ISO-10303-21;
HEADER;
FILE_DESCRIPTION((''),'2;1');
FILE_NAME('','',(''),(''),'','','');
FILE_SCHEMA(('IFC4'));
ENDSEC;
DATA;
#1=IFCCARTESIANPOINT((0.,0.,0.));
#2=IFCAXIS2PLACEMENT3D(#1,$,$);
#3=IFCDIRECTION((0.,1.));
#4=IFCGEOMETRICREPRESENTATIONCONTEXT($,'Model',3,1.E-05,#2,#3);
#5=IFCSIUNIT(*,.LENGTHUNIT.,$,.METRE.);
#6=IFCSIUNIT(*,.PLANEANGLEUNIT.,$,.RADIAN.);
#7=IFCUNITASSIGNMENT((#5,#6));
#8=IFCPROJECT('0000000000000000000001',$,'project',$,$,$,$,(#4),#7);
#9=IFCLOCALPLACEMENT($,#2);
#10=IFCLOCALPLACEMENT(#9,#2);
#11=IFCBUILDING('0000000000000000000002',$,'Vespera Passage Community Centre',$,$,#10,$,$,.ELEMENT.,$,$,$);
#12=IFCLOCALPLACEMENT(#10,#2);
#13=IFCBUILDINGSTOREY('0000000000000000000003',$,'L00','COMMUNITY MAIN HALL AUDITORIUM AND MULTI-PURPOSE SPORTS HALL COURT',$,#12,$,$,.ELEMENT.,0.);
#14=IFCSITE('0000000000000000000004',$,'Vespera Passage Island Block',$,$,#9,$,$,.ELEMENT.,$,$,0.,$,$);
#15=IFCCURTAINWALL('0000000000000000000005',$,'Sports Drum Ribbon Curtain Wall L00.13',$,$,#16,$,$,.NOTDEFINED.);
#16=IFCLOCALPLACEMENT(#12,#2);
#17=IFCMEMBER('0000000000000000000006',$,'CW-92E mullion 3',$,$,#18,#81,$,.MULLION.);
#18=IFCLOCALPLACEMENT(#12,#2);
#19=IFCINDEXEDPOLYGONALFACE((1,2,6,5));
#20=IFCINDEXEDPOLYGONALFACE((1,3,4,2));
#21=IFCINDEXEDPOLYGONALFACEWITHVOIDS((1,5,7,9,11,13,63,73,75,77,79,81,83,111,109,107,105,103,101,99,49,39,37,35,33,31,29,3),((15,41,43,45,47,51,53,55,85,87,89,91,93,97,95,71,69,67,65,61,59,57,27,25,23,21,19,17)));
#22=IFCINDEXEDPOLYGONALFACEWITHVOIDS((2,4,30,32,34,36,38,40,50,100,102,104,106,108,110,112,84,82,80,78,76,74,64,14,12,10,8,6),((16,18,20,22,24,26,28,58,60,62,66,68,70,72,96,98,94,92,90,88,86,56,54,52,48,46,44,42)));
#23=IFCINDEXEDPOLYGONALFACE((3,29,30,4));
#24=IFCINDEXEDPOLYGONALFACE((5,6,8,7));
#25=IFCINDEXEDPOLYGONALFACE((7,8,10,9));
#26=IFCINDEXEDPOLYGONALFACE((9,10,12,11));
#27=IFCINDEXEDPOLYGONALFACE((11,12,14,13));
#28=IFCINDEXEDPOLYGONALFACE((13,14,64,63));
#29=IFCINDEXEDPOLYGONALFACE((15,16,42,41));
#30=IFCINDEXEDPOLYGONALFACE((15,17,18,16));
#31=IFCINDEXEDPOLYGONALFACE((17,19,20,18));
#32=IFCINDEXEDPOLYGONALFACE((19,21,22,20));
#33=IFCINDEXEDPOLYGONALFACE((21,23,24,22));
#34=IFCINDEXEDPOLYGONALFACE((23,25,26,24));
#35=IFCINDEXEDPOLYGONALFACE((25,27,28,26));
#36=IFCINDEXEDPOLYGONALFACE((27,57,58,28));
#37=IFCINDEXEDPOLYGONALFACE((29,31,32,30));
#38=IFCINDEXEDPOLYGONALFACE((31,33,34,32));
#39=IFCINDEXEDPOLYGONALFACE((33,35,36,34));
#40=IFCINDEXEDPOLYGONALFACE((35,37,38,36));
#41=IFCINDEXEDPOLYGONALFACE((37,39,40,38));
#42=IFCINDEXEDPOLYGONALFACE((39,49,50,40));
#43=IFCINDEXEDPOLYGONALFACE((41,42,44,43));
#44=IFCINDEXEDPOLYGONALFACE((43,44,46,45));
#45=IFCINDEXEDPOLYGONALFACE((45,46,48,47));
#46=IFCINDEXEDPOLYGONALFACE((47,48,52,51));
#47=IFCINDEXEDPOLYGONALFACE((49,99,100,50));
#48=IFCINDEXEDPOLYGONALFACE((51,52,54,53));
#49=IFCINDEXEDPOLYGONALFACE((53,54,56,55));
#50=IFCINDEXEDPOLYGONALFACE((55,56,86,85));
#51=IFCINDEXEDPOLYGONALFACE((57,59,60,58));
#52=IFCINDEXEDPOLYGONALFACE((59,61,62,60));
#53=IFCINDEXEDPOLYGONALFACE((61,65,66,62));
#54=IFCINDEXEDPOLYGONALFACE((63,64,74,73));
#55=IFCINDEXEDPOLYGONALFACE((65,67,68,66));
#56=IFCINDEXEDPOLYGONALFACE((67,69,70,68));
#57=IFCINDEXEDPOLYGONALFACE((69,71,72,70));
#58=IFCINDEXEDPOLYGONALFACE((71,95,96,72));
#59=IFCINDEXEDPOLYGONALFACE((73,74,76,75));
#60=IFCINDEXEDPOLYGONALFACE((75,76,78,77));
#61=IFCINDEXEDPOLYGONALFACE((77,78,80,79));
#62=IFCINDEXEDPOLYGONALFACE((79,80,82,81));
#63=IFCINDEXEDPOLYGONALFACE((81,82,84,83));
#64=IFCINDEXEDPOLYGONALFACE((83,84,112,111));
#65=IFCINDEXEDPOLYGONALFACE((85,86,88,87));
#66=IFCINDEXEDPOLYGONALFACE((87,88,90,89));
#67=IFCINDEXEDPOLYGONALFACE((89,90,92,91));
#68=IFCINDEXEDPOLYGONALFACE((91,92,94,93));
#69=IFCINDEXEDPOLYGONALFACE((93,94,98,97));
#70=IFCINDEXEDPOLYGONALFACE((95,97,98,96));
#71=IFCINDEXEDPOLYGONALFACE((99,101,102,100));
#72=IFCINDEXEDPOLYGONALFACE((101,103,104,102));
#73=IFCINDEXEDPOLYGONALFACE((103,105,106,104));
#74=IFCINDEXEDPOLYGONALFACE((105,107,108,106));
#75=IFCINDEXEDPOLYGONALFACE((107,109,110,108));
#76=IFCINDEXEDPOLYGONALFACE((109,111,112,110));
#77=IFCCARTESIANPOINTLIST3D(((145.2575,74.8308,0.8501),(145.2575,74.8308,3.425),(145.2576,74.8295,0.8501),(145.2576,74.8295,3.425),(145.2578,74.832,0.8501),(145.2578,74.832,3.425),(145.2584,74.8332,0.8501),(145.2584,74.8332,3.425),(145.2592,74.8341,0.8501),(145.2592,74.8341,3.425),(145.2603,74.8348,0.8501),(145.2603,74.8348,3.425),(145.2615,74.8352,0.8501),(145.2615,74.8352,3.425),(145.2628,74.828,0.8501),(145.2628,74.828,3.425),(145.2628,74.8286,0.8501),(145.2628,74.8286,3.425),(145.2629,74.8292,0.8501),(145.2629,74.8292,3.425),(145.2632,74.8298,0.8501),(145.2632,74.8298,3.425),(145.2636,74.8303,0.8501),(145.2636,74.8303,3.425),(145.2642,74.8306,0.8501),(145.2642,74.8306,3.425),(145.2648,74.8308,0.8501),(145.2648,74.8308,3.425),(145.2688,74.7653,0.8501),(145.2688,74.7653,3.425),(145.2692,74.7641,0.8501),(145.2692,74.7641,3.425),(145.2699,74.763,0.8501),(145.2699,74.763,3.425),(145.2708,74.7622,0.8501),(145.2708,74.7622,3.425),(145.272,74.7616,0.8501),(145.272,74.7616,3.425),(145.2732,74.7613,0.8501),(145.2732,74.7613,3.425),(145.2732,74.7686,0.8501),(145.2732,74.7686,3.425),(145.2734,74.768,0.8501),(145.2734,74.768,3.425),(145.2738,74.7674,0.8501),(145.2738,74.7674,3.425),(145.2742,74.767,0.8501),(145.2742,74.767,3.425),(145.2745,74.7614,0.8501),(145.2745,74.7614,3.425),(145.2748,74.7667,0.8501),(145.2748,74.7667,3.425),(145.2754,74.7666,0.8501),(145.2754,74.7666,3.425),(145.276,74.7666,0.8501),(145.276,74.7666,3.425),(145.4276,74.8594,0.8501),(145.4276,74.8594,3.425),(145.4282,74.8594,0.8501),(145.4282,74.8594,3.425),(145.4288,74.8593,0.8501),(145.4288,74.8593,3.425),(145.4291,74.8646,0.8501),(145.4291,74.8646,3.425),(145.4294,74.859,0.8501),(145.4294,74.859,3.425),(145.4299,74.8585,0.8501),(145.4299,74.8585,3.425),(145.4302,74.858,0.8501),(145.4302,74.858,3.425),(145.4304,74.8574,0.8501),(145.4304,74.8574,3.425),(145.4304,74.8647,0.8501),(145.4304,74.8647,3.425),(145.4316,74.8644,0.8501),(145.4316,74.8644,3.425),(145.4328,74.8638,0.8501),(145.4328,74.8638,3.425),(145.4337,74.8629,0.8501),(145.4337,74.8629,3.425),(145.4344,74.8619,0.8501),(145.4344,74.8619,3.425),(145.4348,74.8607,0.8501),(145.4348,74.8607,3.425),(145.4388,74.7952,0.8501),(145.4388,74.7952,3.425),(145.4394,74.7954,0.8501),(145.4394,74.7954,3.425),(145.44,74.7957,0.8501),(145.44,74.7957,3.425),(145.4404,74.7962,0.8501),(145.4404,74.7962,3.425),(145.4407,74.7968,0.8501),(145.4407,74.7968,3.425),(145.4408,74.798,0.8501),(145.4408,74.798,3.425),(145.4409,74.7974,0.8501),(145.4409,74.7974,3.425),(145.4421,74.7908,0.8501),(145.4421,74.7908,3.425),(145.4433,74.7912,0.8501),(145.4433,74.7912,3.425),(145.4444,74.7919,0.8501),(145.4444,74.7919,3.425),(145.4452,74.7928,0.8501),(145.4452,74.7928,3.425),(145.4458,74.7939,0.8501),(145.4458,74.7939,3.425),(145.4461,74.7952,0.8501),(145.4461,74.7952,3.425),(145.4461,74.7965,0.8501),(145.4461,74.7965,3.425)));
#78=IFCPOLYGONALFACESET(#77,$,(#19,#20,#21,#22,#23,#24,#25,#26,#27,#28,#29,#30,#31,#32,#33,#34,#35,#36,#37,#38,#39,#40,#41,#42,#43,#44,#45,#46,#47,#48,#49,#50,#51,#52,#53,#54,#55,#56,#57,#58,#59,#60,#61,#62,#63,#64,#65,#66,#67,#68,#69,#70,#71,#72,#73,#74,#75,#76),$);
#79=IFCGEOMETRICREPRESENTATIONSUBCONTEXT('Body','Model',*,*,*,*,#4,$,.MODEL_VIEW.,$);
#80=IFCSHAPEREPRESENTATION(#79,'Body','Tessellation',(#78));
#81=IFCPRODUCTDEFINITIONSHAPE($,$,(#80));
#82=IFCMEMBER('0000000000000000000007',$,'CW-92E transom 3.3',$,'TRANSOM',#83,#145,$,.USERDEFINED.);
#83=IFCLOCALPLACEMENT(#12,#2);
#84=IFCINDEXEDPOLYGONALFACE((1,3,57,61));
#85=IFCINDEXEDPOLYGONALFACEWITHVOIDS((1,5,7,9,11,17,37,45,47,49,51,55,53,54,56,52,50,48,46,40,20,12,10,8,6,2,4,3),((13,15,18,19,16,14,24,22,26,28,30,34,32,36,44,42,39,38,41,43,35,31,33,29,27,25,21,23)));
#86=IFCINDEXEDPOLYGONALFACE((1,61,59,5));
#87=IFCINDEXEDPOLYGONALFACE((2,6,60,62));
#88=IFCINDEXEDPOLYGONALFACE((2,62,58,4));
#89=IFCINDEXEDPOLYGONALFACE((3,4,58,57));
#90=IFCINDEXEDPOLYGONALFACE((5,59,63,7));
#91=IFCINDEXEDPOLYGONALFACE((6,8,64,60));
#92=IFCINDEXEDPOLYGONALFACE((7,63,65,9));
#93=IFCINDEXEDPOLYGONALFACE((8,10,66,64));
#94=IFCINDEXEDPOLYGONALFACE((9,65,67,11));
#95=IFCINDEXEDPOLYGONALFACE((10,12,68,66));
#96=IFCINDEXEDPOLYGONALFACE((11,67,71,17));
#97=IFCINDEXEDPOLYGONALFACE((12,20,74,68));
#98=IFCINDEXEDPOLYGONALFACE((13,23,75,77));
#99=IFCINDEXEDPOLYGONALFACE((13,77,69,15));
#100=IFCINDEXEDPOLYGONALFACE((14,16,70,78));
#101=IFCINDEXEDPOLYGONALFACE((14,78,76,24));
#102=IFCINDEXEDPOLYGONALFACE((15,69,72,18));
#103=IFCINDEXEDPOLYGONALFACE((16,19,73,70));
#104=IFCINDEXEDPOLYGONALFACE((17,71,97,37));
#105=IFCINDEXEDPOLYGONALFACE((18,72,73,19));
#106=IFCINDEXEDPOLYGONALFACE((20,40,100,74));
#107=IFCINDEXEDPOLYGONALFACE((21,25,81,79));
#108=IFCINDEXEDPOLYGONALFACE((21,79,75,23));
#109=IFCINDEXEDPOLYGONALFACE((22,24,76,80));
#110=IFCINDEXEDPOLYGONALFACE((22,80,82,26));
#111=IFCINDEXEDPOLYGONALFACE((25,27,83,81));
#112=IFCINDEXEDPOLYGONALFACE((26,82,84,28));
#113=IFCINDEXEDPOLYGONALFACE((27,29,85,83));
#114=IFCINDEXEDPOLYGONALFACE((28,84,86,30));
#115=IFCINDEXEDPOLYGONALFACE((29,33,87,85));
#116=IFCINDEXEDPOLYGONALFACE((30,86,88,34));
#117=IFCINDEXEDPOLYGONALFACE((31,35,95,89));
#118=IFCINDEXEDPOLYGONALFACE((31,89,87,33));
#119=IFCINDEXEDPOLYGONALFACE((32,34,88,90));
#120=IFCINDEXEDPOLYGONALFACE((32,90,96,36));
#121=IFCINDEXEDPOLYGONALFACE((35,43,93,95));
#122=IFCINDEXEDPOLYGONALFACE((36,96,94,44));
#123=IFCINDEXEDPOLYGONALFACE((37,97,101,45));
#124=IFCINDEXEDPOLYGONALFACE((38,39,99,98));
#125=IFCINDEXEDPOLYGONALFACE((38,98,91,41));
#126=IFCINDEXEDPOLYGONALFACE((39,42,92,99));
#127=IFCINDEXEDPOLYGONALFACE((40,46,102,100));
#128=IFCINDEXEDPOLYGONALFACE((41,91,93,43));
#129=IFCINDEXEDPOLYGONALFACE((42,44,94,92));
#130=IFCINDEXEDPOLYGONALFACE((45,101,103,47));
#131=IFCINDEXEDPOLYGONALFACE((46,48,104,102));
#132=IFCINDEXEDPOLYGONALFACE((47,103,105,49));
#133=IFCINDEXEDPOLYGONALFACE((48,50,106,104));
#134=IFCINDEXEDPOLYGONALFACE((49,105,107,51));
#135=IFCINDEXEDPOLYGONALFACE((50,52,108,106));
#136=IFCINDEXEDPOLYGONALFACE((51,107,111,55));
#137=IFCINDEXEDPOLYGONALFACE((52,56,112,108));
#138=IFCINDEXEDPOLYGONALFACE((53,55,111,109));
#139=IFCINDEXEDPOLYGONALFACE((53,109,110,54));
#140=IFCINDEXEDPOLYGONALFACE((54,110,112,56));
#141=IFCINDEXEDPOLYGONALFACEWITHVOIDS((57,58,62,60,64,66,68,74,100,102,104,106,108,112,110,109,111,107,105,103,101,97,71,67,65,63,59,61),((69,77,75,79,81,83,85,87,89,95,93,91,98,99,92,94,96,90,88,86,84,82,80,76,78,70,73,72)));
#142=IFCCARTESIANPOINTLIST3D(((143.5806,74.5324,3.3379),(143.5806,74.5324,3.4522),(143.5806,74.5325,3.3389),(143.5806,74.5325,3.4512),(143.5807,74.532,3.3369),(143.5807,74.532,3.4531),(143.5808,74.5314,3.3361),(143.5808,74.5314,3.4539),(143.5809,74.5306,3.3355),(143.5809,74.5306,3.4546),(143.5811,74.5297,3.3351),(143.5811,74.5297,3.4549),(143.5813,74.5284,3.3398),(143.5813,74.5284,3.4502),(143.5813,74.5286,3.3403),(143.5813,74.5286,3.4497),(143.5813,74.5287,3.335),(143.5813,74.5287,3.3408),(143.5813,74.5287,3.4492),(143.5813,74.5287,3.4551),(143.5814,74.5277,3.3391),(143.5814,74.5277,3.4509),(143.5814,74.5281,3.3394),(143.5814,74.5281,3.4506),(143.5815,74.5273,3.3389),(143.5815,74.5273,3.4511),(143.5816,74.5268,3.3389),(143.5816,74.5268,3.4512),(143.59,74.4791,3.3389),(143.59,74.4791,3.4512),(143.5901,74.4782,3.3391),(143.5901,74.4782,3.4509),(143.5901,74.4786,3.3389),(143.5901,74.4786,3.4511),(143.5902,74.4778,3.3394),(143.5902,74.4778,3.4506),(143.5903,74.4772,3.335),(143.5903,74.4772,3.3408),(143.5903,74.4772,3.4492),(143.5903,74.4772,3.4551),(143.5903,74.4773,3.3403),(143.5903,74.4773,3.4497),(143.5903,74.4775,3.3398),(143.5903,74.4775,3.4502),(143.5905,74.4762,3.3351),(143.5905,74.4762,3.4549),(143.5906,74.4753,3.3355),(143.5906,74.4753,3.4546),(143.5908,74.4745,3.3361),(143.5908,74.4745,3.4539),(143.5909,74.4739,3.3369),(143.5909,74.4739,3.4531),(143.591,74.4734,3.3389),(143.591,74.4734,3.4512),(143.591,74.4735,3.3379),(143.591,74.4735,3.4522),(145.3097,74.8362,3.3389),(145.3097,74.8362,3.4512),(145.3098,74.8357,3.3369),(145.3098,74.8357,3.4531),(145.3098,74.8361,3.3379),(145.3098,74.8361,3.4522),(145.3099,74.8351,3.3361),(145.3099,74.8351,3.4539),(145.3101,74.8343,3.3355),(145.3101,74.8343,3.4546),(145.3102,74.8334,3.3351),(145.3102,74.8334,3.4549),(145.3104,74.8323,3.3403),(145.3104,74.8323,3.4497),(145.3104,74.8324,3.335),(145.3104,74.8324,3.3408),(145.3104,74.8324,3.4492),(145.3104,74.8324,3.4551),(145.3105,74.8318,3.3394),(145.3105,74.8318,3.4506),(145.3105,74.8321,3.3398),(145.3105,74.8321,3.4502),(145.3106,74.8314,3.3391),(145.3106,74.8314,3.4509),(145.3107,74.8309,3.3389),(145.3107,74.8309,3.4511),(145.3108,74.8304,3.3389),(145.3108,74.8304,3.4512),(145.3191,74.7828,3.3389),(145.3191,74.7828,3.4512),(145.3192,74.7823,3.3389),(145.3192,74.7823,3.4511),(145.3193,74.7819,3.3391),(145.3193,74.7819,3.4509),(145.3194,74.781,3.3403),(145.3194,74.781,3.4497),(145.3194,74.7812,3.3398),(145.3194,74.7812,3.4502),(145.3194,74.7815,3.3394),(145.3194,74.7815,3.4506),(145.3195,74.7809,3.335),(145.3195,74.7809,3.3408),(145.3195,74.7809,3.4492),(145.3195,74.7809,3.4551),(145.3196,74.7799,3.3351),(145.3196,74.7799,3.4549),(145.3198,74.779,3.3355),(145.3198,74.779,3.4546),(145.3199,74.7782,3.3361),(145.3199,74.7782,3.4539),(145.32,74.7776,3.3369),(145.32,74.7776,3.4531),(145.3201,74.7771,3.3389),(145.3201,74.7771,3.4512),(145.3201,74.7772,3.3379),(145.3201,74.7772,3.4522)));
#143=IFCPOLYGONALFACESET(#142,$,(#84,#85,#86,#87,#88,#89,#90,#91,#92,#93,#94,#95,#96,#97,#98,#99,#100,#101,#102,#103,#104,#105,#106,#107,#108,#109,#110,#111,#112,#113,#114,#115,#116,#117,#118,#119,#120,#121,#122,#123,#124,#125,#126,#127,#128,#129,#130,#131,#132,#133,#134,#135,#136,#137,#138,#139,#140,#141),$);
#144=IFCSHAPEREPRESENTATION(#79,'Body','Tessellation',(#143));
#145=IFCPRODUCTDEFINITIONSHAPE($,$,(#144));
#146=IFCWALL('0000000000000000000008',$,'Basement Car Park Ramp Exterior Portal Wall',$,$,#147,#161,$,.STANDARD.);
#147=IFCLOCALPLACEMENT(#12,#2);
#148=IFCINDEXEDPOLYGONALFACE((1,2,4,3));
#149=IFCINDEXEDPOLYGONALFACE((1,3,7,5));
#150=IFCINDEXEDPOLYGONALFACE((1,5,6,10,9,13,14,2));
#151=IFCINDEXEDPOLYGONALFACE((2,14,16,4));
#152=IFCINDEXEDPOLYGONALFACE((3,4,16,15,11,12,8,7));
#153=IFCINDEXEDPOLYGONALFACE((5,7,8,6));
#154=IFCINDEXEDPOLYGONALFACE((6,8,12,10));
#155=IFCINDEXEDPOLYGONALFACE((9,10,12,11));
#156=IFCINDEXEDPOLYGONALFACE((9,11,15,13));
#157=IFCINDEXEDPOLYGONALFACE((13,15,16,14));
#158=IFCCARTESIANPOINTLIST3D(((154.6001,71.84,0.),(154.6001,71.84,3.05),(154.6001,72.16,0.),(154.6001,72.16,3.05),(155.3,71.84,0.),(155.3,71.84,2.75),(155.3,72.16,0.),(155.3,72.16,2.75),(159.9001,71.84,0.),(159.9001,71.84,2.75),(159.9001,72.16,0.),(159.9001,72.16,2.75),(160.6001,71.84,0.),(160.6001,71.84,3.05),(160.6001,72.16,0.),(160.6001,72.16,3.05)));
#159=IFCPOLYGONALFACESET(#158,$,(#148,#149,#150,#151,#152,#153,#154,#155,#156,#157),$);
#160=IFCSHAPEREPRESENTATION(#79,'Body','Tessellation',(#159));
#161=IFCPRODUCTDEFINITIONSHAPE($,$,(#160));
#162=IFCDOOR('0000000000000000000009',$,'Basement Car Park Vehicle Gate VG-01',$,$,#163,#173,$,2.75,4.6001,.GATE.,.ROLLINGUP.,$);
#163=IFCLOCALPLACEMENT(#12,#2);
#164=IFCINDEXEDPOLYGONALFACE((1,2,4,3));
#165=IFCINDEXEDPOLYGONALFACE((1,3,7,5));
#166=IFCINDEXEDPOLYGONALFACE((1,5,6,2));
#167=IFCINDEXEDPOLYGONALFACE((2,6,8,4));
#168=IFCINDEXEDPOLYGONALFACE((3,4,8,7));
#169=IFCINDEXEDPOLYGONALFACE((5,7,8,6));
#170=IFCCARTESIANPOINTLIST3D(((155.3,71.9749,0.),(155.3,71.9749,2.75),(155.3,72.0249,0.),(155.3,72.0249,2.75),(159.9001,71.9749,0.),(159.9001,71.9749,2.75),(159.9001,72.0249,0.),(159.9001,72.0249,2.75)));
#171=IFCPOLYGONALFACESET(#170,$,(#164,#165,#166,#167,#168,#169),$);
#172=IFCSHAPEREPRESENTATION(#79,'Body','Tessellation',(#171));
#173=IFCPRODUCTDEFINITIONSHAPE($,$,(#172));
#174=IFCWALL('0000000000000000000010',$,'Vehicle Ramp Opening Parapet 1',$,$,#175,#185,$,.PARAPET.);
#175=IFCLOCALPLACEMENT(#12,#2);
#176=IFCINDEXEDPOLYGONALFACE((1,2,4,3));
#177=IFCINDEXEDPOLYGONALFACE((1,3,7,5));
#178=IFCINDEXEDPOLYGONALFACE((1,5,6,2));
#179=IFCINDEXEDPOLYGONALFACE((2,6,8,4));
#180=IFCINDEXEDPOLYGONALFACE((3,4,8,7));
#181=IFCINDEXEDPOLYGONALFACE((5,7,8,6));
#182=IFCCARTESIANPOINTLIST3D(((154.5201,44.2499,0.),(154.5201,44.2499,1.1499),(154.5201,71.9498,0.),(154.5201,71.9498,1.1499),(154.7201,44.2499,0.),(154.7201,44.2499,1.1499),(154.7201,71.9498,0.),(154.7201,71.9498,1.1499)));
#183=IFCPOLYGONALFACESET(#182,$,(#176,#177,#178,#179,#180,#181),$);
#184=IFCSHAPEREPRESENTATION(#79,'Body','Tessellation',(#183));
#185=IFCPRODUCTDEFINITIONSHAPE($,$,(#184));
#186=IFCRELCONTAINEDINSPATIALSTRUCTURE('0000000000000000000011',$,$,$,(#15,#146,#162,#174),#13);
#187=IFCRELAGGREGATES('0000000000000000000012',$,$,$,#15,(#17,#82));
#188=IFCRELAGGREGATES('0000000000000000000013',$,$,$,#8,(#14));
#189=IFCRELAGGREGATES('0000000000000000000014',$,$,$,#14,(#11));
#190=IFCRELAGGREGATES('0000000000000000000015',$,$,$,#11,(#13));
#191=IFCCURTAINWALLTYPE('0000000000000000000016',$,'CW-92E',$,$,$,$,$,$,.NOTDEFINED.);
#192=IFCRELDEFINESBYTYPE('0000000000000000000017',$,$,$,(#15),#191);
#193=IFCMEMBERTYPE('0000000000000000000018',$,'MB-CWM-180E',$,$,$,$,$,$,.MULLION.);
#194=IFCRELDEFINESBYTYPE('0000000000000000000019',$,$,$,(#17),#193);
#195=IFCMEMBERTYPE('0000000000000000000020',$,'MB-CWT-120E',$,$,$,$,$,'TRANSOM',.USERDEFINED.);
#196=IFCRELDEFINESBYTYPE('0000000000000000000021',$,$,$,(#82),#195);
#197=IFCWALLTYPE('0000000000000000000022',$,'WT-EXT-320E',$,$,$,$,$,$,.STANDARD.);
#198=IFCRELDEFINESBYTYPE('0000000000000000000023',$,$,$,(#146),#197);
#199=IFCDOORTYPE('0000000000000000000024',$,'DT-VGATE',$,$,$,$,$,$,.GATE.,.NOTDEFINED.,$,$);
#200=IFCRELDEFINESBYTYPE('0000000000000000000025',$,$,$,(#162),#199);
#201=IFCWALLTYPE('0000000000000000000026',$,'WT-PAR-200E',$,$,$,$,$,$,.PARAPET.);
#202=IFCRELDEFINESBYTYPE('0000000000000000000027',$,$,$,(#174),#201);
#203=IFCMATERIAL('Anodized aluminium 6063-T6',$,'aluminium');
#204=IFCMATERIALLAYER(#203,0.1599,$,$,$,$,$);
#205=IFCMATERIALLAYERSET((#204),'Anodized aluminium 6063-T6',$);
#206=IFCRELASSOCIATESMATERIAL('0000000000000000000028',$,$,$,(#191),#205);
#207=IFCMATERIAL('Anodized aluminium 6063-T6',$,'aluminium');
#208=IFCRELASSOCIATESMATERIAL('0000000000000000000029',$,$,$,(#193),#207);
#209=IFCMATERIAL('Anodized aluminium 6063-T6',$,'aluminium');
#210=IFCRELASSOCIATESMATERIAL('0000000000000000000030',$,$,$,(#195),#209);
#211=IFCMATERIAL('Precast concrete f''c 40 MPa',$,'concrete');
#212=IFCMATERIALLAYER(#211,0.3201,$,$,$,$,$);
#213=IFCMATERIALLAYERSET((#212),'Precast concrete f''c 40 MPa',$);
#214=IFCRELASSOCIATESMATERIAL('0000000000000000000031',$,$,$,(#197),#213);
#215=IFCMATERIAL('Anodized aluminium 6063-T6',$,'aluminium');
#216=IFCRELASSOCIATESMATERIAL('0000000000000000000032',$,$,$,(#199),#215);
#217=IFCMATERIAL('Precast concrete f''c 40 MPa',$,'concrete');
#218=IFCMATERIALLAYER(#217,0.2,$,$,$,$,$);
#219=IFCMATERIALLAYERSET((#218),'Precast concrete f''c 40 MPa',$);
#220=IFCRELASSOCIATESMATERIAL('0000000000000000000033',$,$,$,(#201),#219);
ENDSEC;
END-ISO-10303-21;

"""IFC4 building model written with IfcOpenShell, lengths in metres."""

from ifc_helpers import new_model, si_unit, direction, frame, frame_2d, origin, origin_2d, place, context, subcontext, project, spatial, rectangle, hollow_rectangle, extrude, material, layer, layer_set, material_profile, profile_set, type_object, element, fill, aggregate, save


model = new_model("IFC4")

# Units and contexts
model_context = context("Model", 3, precision=1e-05, world=origin(), true_north=direction((0.0, 1.0)))
body_context = subcontext(model_context, "Body", "Model", "MODEL_VIEW")
ifc_project = project(units=[si_unit("LENGTHUNIT", "METRE"), si_unit("PLANEANGLEUNIT", "RADIAN")], contexts=[model_context])

# Site, building, storey
site_placement = place(None, origin())
site = spatial("IfcSite", under=ifc_project, at=site_placement, Name="Vespera Passage Island Block", CompositionType="ELEMENT", RefElevation=0.0)
building_placement = place(site_placement, origin())
building = spatial("IfcBuilding", under=site, at=building_placement, Name="Vespera Passage Community Centre", CompositionType="ELEMENT")
storey_placement = place(building_placement, origin())
storey = spatial("IfcBuildingStorey", under=building, at=storey_placement, Name="L00", Description="COMMUNITY MAIN HALL AUDITORIUM AND MULTI-PURPOSE SPORTS HALL COURT", CompositionType="ELEMENT", Elevation=0.0)

# Curtain wall, members
ifc_material_1 = material(Name="Anodized aluminium 6063-T6", Category="aluminium")
ifc_layer_1 = layer(ifc_material_1, 0.1599)
ifc_layer_set_1 = layer_set([ifc_layer_1], Name="Anodized aluminium 6063-T6")
curtain_wall_type = type_object("IfcCurtainWallType", Name="CW-92E", PredefinedType="NOTDEFINED", material=ifc_layer_set_1)
curtain_wall_placement = place(storey_placement, origin())
curtain_wall = element("IfcCurtainWall", 1, at=curtain_wall_placement, inside=storey, type_object=curtain_wall_type, Name="Sports Drum Ribbon Curtain Wall L00.13", PredefinedType="NOTDEFINED")
ifc_material_2 = material(Name="Anodized aluminium 6063-T6", Category="aluminium")
ifc_material_profile_1 = material_profile(ifc_material_2, hollow_rectangle(XDim=0.075, YDim=0.1799, WallThickness=0.0049, InnerFilletRadius=0.0024, OuterFilletRadius=0.0049, at=origin_2d()), Name="ALU180X75X5")
ifc_profile_set_1 = profile_set([ifc_material_profile_1], Name="Anodized aluminium 6063-T6")
member_type_1 = type_object("IfcMemberType", Name="MB-CWM-180E", PredefinedType="MULLION", material=ifc_profile_set_1)
member_1_placement = place(storey_placement, frame((145.3518, 74.813, 0.8501), z_axis=(0.0, 0.0, 1.0), x_axis=(0.172994, -0.984923, 0.0)))
member_1 = element("IfcMember", 2, at=member_1_placement, type_object=member_type_1, Name="CW-92E mullion 3", PredefinedType="MULLION", context=body_context, shape_type="SweptSolid", body=[
    extrude(hollow_rectangle(XDim=0.075, YDim=0.1799, WallThickness=0.0049, InnerFilletRadius=0.0024, OuterFilletRadius=0.0049, at=origin_2d()), origin(), (0.0, 0.0, 1.0), 2.575),
])
ifc_material_3 = material(Name="Anodized aluminium 6063-T6", Category="aluminium")
ifc_material_profile_2 = material_profile(ifc_material_3, hollow_rectangle(XDim=0.0601, YDim=0.1201, WallThickness=0.0039, InnerFilletRadius=0.002, OuterFilletRadius=0.0039, at=origin_2d()), Name="ALU120X60X4")
ifc_profile_set_2 = profile_set([ifc_material_profile_2], Name="Anodized aluminium 6063-T6")
member_type_2 = type_object("IfcMemberType", Name="MB-CWT-120E", ElementType="TRANSOM", PredefinedType="USERDEFINED", material=ifc_profile_set_2)
member_2_placement = place(storey_placement, frame((145.3149, 74.8066, 3.395), z_axis=(-0.984925, -0.172984, 0.0), x_axis=(0.172984, -0.984925, 0.0)))
member_2 = element("IfcMember", 3, at=member_2_placement, type_object=member_type_2, Name="CW-92E transom 3.3", ObjectType="TRANSOM", PredefinedType="USERDEFINED", context=body_context, shape_type="SweptSolid", body=[
    extrude(hollow_rectangle(XDim=0.0601, YDim=0.1201, WallThickness=0.0039, InnerFilletRadius=0.002, OuterFilletRadius=0.0039, at=origin_2d()), origin(), (0.0, 0.0, 1.0), 1.7556),
])
aggregate(curtain_wall, [member_1, member_2])

# Wall, opening, door
ifc_material_4 = material(Name="Precast concrete f'c 40 MPa", Category="concrete")
ifc_layer_2 = layer(ifc_material_4, 0.3201)
ifc_layer_set_2 = layer_set([ifc_layer_2], Name="Precast concrete f'c 40 MPa")
wall_type_1 = type_object("IfcWallType", Name="WT-EXT-320E", PredefinedType="STANDARD", material=ifc_layer_set_2)
wall_1_placement = place(storey_placement, frame((154.6001, 72.0, 0.0), z_axis=(0.0, 0.0, 1.0), x_axis=(1.0, 0.0, 0.0)))
wall_1 = element("IfcWall", 4, at=wall_1_placement, inside=storey, type_object=wall_type_1, Name="Basement Car Park Ramp Exterior Portal Wall", PredefinedType="STANDARD", context=body_context, shape_type="SweptSolid", body=[
    extrude(rectangle(XDim=6.0, YDim=0.3201, at=frame_2d((3.0, 0.0))), origin(), (0.0, 0.0, 1.0), 3.05),
])
opening_placement = place(wall_1_placement, frame((0.7, 0.0, 0.0)))
opening = element("IfcOpeningElement", 5, at=opening_placement, cuts=wall_1, PredefinedType="OPENING", context=body_context, shape_type="SweptSolid", body=[
    extrude(rectangle(XDim=4.6001, YDim=2.75, at=frame_2d((2.3, 1.375))), frame((0.0, 0.1702, 0.0), z_axis=(0.0, -1.0, 0.0), x_axis=(1.0, 0.0, 0.0)), (0.0, 0.0, 1.0), 0.3401),
])
ifc_material_5 = material(Name="Anodized aluminium 6063-T6", Category="aluminium")
door_type = type_object("IfcDoorType", Name="DT-VGATE", OperationType="NOTDEFINED", PredefinedType="GATE", material=ifc_material_5)
door_placement = place(opening_placement, origin())
door = element("IfcDoor", 6, at=door_placement, inside=storey, type_object=door_type, Name="Basement Car Park Vehicle Gate VG-01", OperationType="ROLLINGUP", OverallHeight=2.75, OverallWidth=4.6001, PredefinedType="GATE", context=body_context, shape_type="SweptSolid", body=[
    extrude(rectangle(XDim=4.6001, YDim=2.75, at=frame_2d((2.3, 1.375))), frame((0.0, 0.0249, 0.0), z_axis=(0.0, -1.0, 0.0), x_axis=(1.0, 0.0, 0.0)), (0.0, 0.0, 1.0), 0.05),
])
fill(opening, door)

# Wall
ifc_material_6 = material(Name="Precast concrete f'c 40 MPa", Category="concrete")
ifc_layer_3 = layer(ifc_material_6, 0.2)
ifc_layer_set_3 = layer_set([ifc_layer_3], Name="Precast concrete f'c 40 MPa")
wall_type_2 = type_object("IfcWallType", Name="WT-PAR-200E", PredefinedType="PARAPET", material=ifc_layer_set_3)
wall_2_placement = place(storey_placement, frame((154.6201, 71.95, 0.0), z_axis=(0.0, 0.0, 1.0), x_axis=(0.0, -1.0, 0.0)))
element("IfcWall", 7, at=wall_2_placement, inside=storey, type_object=wall_type_2, Name="Vehicle Ramp Opening Parapet 1", PredefinedType="PARAPET", context=body_context, shape_type="SweptSolid", body=[
    extrude(rectangle(XDim=27.7, YDim=0.2, at=frame_2d((13.8501, 0.0))), origin(), (0.0, 0.0, 1.0), 1.1499),
])

save(model, "model.ifc")
